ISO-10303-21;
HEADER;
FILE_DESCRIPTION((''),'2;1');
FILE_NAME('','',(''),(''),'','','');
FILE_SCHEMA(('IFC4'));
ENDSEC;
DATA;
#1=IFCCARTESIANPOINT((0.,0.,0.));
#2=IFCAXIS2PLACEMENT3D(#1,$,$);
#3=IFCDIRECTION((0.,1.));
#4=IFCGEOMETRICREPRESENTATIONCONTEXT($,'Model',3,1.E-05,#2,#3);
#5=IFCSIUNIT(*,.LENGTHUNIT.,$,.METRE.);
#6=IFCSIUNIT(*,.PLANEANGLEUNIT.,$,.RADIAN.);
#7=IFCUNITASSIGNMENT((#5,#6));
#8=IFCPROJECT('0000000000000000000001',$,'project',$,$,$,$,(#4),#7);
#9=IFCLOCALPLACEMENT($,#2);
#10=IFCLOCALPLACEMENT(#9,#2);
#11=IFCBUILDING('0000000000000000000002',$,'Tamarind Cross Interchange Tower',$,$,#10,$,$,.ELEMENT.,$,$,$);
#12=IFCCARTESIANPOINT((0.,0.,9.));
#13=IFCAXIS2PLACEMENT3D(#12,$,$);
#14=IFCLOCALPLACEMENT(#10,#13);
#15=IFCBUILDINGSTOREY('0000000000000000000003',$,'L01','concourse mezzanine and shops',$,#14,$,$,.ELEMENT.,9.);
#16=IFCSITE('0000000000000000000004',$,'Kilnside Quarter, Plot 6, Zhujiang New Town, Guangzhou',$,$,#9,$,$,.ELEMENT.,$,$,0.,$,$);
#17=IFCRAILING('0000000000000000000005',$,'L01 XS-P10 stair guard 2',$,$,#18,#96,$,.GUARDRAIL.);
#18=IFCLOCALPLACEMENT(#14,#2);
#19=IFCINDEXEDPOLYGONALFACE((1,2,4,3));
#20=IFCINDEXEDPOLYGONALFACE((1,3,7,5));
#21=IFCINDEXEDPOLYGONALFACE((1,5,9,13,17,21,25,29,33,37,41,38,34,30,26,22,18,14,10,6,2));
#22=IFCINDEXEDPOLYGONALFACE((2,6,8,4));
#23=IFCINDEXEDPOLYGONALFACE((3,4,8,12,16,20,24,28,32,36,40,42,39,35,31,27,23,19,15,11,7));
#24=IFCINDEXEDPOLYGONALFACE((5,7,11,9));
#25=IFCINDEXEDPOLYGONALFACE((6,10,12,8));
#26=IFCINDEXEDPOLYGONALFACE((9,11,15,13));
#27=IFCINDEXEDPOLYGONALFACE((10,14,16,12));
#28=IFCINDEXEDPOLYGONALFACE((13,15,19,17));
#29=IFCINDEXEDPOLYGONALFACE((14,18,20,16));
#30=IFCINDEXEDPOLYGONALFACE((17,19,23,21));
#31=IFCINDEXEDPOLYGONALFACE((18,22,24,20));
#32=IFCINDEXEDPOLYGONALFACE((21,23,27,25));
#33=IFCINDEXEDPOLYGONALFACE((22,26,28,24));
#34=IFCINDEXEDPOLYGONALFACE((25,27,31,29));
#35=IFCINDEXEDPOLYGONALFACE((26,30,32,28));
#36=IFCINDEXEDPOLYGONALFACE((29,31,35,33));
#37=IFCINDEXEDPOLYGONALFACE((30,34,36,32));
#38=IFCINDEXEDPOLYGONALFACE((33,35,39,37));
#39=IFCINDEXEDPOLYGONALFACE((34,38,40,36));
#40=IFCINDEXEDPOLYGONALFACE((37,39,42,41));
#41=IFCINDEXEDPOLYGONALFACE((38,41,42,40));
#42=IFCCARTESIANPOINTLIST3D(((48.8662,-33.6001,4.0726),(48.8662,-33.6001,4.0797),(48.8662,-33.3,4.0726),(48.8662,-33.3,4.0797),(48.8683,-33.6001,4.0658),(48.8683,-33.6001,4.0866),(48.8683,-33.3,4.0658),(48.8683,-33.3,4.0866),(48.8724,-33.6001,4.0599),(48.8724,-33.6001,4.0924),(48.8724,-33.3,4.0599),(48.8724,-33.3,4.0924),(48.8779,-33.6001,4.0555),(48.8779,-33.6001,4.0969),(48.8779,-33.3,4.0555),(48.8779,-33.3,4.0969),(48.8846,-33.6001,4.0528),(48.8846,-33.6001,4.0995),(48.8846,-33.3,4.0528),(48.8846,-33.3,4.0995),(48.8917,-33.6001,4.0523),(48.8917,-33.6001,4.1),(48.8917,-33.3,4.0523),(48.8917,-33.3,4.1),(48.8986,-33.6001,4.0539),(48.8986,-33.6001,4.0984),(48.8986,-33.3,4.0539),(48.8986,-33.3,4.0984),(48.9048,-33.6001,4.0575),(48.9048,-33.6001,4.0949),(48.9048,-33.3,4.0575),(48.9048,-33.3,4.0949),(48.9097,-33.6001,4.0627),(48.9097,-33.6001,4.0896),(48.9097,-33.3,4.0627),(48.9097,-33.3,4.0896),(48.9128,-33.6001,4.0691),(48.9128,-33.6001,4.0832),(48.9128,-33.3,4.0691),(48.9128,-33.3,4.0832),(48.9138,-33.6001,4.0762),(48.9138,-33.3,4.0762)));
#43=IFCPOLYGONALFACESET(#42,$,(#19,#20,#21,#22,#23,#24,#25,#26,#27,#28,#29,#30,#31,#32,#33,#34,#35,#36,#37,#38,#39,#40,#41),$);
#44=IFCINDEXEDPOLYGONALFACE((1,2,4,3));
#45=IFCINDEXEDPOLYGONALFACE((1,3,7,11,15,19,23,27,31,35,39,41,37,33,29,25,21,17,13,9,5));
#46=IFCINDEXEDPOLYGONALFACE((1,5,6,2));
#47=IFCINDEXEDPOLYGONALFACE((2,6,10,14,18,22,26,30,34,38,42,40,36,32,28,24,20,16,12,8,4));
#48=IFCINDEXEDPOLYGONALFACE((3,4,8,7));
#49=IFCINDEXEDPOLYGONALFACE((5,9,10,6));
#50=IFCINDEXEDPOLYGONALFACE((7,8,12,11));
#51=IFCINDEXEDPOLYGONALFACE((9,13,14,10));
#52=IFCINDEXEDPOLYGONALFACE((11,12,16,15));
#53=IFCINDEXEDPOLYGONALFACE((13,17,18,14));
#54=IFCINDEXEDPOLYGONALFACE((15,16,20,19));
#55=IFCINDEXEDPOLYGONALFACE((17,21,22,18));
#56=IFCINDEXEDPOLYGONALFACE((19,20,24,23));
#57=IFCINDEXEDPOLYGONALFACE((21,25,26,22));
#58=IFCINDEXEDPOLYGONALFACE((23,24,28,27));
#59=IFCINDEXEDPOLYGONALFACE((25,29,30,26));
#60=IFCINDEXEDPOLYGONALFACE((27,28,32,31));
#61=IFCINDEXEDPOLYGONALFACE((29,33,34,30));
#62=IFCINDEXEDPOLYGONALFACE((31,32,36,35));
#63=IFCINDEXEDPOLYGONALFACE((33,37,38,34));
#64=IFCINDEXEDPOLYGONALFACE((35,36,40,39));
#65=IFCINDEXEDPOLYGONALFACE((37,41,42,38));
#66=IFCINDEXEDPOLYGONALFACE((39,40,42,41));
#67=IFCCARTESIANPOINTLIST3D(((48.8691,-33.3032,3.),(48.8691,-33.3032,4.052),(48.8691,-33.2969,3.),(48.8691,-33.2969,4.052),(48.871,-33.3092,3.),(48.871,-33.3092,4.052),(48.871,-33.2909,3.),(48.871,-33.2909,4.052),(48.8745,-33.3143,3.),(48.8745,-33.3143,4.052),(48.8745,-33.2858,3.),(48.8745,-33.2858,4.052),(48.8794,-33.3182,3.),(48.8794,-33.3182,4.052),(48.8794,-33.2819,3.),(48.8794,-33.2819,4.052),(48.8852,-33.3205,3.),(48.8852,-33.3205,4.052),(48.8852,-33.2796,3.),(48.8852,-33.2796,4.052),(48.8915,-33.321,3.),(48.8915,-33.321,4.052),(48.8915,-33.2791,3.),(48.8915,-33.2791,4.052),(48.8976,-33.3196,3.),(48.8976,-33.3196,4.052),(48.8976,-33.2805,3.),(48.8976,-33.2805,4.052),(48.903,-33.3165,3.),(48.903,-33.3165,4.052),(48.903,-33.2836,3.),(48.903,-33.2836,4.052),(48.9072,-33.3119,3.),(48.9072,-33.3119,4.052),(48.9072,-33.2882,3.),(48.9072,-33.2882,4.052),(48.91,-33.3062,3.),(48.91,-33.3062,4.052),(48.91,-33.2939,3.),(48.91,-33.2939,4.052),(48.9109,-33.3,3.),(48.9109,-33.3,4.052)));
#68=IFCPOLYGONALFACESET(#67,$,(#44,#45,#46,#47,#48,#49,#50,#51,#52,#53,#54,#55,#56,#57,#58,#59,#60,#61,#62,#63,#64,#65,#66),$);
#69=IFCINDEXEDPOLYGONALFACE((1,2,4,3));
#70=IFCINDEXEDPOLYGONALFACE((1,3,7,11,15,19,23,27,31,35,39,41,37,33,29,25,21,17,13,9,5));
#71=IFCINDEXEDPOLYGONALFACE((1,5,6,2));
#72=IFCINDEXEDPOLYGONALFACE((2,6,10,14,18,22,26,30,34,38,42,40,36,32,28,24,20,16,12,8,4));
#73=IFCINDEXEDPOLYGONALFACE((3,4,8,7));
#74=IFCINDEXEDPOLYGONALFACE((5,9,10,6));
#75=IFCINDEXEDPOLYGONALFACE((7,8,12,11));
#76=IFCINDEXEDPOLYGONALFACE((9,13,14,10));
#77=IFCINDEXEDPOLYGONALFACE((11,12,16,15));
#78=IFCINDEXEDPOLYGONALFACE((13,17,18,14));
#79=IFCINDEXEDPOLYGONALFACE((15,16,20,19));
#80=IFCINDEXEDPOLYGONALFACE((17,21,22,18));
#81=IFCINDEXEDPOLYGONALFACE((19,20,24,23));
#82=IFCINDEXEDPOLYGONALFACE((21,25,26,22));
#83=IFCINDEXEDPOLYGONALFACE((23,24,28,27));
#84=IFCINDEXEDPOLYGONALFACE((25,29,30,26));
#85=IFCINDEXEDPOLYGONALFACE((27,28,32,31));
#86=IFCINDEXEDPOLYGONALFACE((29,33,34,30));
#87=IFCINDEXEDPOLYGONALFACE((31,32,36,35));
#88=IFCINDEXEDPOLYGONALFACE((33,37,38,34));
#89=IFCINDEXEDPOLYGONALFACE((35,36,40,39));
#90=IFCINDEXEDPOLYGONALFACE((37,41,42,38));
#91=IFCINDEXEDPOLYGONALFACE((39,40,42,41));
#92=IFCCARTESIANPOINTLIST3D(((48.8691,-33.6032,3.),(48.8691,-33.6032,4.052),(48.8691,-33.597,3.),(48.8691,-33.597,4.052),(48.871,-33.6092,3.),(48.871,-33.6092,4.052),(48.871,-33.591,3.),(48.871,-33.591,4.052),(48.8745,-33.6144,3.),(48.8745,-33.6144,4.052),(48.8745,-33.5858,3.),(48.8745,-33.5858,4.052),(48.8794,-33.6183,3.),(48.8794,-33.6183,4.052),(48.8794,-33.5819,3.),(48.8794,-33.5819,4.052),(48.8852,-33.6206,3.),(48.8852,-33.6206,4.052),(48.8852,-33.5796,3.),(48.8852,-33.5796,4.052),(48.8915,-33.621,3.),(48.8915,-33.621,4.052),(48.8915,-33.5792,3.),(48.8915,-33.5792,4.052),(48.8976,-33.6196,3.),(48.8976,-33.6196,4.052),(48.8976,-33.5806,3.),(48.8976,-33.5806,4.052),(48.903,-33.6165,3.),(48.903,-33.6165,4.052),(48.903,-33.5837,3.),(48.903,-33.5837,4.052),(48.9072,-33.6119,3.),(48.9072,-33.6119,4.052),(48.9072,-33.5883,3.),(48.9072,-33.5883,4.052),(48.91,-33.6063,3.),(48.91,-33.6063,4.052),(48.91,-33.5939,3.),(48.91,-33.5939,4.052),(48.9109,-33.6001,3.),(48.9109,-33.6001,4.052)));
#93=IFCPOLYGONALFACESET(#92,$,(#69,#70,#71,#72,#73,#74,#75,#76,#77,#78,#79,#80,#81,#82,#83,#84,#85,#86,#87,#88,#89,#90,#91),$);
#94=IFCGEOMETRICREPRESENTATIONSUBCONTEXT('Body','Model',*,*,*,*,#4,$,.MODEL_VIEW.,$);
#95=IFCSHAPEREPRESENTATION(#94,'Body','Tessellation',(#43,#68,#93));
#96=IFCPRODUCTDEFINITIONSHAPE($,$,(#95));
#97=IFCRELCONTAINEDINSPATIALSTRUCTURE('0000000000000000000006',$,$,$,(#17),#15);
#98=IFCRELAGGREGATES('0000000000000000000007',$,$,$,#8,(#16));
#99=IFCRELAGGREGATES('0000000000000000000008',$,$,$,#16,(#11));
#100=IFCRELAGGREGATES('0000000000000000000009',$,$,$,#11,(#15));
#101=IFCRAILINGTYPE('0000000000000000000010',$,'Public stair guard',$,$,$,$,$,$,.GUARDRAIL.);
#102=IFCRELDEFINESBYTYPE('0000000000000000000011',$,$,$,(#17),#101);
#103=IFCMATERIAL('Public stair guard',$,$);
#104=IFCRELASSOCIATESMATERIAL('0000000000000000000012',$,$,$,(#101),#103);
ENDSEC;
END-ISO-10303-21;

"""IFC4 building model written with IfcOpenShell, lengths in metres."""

from ifc_helpers import new_model, si_unit, direction, frame, origin, origin_2d, place, context, subcontext, project, spatial, circle, extrude, material, type_object, element, save


model = new_model("IFC4")

# Units and contexts
model_context = context("Model", 3, precision=1e-05, world=origin(), true_north=direction((0.0, 1.0)))
body_context = subcontext(model_context, "Body", "Model", "MODEL_VIEW")
ifc_project = project(units=[si_unit("LENGTHUNIT", "METRE"), si_unit("PLANEANGLEUNIT", "RADIAN")], contexts=[model_context])

# Site, building, storey
site_placement = place(None, origin())
site = spatial("IfcSite", under=ifc_project, at=site_placement, Name="Kilnside Quarter, Plot 6, Zhujiang New Town, Guangzhou", CompositionType="ELEMENT", RefElevation=0.0)
building_placement = place(site_placement, origin())
building = spatial("IfcBuilding", under=site, at=building_placement, Name="Tamarind Cross Interchange Tower", CompositionType="ELEMENT")
storey_placement = place(building_placement, frame((0.0, 0.0, 9.0)))
storey = spatial("IfcBuildingStorey", under=building, at=storey_placement, Name="L01", Description="concourse mezzanine and shops", CompositionType="ELEMENT", Elevation=9.0)

# Railing
ifc_material_1 = material(Name="Public stair guard")
railing_type_1 = type_object("IfcRailingType", Name="Public stair guard", PredefinedType="GUARDRAIL", material=ifc_material_1)
railing_1_placement = place(storey_placement, frame((48.8899, -33.3, 3.0)))
element("IfcRailing", 1, at=railing_1_placement, inside=storey, type_object=railing_type_1, Name="L01 XS-P10 stair guard 2", PredefinedType="GUARDRAIL", context=body_context, shape_type="SweptSolid", body=[
    extrude(circle(Radius=0.0239, at=origin_2d()), frame((0.0, 0.0, 1.0762), z_axis=(0.0, -1.0, 0.0), x_axis=(1.0, 0.0, 0.0)), (0.0, 0.0, 1.0), 0.3),
    extrude(circle(Radius=0.021, at=origin_2d()), origin(), (0.0, 0.0, 1.0), 1.052),
    extrude(circle(Radius=0.021, at=origin_2d()), frame((0.0, -0.3, 0.0)), (0.0, 0.0, 1.0), 1.052),
])

save(model, "model.ifc")
